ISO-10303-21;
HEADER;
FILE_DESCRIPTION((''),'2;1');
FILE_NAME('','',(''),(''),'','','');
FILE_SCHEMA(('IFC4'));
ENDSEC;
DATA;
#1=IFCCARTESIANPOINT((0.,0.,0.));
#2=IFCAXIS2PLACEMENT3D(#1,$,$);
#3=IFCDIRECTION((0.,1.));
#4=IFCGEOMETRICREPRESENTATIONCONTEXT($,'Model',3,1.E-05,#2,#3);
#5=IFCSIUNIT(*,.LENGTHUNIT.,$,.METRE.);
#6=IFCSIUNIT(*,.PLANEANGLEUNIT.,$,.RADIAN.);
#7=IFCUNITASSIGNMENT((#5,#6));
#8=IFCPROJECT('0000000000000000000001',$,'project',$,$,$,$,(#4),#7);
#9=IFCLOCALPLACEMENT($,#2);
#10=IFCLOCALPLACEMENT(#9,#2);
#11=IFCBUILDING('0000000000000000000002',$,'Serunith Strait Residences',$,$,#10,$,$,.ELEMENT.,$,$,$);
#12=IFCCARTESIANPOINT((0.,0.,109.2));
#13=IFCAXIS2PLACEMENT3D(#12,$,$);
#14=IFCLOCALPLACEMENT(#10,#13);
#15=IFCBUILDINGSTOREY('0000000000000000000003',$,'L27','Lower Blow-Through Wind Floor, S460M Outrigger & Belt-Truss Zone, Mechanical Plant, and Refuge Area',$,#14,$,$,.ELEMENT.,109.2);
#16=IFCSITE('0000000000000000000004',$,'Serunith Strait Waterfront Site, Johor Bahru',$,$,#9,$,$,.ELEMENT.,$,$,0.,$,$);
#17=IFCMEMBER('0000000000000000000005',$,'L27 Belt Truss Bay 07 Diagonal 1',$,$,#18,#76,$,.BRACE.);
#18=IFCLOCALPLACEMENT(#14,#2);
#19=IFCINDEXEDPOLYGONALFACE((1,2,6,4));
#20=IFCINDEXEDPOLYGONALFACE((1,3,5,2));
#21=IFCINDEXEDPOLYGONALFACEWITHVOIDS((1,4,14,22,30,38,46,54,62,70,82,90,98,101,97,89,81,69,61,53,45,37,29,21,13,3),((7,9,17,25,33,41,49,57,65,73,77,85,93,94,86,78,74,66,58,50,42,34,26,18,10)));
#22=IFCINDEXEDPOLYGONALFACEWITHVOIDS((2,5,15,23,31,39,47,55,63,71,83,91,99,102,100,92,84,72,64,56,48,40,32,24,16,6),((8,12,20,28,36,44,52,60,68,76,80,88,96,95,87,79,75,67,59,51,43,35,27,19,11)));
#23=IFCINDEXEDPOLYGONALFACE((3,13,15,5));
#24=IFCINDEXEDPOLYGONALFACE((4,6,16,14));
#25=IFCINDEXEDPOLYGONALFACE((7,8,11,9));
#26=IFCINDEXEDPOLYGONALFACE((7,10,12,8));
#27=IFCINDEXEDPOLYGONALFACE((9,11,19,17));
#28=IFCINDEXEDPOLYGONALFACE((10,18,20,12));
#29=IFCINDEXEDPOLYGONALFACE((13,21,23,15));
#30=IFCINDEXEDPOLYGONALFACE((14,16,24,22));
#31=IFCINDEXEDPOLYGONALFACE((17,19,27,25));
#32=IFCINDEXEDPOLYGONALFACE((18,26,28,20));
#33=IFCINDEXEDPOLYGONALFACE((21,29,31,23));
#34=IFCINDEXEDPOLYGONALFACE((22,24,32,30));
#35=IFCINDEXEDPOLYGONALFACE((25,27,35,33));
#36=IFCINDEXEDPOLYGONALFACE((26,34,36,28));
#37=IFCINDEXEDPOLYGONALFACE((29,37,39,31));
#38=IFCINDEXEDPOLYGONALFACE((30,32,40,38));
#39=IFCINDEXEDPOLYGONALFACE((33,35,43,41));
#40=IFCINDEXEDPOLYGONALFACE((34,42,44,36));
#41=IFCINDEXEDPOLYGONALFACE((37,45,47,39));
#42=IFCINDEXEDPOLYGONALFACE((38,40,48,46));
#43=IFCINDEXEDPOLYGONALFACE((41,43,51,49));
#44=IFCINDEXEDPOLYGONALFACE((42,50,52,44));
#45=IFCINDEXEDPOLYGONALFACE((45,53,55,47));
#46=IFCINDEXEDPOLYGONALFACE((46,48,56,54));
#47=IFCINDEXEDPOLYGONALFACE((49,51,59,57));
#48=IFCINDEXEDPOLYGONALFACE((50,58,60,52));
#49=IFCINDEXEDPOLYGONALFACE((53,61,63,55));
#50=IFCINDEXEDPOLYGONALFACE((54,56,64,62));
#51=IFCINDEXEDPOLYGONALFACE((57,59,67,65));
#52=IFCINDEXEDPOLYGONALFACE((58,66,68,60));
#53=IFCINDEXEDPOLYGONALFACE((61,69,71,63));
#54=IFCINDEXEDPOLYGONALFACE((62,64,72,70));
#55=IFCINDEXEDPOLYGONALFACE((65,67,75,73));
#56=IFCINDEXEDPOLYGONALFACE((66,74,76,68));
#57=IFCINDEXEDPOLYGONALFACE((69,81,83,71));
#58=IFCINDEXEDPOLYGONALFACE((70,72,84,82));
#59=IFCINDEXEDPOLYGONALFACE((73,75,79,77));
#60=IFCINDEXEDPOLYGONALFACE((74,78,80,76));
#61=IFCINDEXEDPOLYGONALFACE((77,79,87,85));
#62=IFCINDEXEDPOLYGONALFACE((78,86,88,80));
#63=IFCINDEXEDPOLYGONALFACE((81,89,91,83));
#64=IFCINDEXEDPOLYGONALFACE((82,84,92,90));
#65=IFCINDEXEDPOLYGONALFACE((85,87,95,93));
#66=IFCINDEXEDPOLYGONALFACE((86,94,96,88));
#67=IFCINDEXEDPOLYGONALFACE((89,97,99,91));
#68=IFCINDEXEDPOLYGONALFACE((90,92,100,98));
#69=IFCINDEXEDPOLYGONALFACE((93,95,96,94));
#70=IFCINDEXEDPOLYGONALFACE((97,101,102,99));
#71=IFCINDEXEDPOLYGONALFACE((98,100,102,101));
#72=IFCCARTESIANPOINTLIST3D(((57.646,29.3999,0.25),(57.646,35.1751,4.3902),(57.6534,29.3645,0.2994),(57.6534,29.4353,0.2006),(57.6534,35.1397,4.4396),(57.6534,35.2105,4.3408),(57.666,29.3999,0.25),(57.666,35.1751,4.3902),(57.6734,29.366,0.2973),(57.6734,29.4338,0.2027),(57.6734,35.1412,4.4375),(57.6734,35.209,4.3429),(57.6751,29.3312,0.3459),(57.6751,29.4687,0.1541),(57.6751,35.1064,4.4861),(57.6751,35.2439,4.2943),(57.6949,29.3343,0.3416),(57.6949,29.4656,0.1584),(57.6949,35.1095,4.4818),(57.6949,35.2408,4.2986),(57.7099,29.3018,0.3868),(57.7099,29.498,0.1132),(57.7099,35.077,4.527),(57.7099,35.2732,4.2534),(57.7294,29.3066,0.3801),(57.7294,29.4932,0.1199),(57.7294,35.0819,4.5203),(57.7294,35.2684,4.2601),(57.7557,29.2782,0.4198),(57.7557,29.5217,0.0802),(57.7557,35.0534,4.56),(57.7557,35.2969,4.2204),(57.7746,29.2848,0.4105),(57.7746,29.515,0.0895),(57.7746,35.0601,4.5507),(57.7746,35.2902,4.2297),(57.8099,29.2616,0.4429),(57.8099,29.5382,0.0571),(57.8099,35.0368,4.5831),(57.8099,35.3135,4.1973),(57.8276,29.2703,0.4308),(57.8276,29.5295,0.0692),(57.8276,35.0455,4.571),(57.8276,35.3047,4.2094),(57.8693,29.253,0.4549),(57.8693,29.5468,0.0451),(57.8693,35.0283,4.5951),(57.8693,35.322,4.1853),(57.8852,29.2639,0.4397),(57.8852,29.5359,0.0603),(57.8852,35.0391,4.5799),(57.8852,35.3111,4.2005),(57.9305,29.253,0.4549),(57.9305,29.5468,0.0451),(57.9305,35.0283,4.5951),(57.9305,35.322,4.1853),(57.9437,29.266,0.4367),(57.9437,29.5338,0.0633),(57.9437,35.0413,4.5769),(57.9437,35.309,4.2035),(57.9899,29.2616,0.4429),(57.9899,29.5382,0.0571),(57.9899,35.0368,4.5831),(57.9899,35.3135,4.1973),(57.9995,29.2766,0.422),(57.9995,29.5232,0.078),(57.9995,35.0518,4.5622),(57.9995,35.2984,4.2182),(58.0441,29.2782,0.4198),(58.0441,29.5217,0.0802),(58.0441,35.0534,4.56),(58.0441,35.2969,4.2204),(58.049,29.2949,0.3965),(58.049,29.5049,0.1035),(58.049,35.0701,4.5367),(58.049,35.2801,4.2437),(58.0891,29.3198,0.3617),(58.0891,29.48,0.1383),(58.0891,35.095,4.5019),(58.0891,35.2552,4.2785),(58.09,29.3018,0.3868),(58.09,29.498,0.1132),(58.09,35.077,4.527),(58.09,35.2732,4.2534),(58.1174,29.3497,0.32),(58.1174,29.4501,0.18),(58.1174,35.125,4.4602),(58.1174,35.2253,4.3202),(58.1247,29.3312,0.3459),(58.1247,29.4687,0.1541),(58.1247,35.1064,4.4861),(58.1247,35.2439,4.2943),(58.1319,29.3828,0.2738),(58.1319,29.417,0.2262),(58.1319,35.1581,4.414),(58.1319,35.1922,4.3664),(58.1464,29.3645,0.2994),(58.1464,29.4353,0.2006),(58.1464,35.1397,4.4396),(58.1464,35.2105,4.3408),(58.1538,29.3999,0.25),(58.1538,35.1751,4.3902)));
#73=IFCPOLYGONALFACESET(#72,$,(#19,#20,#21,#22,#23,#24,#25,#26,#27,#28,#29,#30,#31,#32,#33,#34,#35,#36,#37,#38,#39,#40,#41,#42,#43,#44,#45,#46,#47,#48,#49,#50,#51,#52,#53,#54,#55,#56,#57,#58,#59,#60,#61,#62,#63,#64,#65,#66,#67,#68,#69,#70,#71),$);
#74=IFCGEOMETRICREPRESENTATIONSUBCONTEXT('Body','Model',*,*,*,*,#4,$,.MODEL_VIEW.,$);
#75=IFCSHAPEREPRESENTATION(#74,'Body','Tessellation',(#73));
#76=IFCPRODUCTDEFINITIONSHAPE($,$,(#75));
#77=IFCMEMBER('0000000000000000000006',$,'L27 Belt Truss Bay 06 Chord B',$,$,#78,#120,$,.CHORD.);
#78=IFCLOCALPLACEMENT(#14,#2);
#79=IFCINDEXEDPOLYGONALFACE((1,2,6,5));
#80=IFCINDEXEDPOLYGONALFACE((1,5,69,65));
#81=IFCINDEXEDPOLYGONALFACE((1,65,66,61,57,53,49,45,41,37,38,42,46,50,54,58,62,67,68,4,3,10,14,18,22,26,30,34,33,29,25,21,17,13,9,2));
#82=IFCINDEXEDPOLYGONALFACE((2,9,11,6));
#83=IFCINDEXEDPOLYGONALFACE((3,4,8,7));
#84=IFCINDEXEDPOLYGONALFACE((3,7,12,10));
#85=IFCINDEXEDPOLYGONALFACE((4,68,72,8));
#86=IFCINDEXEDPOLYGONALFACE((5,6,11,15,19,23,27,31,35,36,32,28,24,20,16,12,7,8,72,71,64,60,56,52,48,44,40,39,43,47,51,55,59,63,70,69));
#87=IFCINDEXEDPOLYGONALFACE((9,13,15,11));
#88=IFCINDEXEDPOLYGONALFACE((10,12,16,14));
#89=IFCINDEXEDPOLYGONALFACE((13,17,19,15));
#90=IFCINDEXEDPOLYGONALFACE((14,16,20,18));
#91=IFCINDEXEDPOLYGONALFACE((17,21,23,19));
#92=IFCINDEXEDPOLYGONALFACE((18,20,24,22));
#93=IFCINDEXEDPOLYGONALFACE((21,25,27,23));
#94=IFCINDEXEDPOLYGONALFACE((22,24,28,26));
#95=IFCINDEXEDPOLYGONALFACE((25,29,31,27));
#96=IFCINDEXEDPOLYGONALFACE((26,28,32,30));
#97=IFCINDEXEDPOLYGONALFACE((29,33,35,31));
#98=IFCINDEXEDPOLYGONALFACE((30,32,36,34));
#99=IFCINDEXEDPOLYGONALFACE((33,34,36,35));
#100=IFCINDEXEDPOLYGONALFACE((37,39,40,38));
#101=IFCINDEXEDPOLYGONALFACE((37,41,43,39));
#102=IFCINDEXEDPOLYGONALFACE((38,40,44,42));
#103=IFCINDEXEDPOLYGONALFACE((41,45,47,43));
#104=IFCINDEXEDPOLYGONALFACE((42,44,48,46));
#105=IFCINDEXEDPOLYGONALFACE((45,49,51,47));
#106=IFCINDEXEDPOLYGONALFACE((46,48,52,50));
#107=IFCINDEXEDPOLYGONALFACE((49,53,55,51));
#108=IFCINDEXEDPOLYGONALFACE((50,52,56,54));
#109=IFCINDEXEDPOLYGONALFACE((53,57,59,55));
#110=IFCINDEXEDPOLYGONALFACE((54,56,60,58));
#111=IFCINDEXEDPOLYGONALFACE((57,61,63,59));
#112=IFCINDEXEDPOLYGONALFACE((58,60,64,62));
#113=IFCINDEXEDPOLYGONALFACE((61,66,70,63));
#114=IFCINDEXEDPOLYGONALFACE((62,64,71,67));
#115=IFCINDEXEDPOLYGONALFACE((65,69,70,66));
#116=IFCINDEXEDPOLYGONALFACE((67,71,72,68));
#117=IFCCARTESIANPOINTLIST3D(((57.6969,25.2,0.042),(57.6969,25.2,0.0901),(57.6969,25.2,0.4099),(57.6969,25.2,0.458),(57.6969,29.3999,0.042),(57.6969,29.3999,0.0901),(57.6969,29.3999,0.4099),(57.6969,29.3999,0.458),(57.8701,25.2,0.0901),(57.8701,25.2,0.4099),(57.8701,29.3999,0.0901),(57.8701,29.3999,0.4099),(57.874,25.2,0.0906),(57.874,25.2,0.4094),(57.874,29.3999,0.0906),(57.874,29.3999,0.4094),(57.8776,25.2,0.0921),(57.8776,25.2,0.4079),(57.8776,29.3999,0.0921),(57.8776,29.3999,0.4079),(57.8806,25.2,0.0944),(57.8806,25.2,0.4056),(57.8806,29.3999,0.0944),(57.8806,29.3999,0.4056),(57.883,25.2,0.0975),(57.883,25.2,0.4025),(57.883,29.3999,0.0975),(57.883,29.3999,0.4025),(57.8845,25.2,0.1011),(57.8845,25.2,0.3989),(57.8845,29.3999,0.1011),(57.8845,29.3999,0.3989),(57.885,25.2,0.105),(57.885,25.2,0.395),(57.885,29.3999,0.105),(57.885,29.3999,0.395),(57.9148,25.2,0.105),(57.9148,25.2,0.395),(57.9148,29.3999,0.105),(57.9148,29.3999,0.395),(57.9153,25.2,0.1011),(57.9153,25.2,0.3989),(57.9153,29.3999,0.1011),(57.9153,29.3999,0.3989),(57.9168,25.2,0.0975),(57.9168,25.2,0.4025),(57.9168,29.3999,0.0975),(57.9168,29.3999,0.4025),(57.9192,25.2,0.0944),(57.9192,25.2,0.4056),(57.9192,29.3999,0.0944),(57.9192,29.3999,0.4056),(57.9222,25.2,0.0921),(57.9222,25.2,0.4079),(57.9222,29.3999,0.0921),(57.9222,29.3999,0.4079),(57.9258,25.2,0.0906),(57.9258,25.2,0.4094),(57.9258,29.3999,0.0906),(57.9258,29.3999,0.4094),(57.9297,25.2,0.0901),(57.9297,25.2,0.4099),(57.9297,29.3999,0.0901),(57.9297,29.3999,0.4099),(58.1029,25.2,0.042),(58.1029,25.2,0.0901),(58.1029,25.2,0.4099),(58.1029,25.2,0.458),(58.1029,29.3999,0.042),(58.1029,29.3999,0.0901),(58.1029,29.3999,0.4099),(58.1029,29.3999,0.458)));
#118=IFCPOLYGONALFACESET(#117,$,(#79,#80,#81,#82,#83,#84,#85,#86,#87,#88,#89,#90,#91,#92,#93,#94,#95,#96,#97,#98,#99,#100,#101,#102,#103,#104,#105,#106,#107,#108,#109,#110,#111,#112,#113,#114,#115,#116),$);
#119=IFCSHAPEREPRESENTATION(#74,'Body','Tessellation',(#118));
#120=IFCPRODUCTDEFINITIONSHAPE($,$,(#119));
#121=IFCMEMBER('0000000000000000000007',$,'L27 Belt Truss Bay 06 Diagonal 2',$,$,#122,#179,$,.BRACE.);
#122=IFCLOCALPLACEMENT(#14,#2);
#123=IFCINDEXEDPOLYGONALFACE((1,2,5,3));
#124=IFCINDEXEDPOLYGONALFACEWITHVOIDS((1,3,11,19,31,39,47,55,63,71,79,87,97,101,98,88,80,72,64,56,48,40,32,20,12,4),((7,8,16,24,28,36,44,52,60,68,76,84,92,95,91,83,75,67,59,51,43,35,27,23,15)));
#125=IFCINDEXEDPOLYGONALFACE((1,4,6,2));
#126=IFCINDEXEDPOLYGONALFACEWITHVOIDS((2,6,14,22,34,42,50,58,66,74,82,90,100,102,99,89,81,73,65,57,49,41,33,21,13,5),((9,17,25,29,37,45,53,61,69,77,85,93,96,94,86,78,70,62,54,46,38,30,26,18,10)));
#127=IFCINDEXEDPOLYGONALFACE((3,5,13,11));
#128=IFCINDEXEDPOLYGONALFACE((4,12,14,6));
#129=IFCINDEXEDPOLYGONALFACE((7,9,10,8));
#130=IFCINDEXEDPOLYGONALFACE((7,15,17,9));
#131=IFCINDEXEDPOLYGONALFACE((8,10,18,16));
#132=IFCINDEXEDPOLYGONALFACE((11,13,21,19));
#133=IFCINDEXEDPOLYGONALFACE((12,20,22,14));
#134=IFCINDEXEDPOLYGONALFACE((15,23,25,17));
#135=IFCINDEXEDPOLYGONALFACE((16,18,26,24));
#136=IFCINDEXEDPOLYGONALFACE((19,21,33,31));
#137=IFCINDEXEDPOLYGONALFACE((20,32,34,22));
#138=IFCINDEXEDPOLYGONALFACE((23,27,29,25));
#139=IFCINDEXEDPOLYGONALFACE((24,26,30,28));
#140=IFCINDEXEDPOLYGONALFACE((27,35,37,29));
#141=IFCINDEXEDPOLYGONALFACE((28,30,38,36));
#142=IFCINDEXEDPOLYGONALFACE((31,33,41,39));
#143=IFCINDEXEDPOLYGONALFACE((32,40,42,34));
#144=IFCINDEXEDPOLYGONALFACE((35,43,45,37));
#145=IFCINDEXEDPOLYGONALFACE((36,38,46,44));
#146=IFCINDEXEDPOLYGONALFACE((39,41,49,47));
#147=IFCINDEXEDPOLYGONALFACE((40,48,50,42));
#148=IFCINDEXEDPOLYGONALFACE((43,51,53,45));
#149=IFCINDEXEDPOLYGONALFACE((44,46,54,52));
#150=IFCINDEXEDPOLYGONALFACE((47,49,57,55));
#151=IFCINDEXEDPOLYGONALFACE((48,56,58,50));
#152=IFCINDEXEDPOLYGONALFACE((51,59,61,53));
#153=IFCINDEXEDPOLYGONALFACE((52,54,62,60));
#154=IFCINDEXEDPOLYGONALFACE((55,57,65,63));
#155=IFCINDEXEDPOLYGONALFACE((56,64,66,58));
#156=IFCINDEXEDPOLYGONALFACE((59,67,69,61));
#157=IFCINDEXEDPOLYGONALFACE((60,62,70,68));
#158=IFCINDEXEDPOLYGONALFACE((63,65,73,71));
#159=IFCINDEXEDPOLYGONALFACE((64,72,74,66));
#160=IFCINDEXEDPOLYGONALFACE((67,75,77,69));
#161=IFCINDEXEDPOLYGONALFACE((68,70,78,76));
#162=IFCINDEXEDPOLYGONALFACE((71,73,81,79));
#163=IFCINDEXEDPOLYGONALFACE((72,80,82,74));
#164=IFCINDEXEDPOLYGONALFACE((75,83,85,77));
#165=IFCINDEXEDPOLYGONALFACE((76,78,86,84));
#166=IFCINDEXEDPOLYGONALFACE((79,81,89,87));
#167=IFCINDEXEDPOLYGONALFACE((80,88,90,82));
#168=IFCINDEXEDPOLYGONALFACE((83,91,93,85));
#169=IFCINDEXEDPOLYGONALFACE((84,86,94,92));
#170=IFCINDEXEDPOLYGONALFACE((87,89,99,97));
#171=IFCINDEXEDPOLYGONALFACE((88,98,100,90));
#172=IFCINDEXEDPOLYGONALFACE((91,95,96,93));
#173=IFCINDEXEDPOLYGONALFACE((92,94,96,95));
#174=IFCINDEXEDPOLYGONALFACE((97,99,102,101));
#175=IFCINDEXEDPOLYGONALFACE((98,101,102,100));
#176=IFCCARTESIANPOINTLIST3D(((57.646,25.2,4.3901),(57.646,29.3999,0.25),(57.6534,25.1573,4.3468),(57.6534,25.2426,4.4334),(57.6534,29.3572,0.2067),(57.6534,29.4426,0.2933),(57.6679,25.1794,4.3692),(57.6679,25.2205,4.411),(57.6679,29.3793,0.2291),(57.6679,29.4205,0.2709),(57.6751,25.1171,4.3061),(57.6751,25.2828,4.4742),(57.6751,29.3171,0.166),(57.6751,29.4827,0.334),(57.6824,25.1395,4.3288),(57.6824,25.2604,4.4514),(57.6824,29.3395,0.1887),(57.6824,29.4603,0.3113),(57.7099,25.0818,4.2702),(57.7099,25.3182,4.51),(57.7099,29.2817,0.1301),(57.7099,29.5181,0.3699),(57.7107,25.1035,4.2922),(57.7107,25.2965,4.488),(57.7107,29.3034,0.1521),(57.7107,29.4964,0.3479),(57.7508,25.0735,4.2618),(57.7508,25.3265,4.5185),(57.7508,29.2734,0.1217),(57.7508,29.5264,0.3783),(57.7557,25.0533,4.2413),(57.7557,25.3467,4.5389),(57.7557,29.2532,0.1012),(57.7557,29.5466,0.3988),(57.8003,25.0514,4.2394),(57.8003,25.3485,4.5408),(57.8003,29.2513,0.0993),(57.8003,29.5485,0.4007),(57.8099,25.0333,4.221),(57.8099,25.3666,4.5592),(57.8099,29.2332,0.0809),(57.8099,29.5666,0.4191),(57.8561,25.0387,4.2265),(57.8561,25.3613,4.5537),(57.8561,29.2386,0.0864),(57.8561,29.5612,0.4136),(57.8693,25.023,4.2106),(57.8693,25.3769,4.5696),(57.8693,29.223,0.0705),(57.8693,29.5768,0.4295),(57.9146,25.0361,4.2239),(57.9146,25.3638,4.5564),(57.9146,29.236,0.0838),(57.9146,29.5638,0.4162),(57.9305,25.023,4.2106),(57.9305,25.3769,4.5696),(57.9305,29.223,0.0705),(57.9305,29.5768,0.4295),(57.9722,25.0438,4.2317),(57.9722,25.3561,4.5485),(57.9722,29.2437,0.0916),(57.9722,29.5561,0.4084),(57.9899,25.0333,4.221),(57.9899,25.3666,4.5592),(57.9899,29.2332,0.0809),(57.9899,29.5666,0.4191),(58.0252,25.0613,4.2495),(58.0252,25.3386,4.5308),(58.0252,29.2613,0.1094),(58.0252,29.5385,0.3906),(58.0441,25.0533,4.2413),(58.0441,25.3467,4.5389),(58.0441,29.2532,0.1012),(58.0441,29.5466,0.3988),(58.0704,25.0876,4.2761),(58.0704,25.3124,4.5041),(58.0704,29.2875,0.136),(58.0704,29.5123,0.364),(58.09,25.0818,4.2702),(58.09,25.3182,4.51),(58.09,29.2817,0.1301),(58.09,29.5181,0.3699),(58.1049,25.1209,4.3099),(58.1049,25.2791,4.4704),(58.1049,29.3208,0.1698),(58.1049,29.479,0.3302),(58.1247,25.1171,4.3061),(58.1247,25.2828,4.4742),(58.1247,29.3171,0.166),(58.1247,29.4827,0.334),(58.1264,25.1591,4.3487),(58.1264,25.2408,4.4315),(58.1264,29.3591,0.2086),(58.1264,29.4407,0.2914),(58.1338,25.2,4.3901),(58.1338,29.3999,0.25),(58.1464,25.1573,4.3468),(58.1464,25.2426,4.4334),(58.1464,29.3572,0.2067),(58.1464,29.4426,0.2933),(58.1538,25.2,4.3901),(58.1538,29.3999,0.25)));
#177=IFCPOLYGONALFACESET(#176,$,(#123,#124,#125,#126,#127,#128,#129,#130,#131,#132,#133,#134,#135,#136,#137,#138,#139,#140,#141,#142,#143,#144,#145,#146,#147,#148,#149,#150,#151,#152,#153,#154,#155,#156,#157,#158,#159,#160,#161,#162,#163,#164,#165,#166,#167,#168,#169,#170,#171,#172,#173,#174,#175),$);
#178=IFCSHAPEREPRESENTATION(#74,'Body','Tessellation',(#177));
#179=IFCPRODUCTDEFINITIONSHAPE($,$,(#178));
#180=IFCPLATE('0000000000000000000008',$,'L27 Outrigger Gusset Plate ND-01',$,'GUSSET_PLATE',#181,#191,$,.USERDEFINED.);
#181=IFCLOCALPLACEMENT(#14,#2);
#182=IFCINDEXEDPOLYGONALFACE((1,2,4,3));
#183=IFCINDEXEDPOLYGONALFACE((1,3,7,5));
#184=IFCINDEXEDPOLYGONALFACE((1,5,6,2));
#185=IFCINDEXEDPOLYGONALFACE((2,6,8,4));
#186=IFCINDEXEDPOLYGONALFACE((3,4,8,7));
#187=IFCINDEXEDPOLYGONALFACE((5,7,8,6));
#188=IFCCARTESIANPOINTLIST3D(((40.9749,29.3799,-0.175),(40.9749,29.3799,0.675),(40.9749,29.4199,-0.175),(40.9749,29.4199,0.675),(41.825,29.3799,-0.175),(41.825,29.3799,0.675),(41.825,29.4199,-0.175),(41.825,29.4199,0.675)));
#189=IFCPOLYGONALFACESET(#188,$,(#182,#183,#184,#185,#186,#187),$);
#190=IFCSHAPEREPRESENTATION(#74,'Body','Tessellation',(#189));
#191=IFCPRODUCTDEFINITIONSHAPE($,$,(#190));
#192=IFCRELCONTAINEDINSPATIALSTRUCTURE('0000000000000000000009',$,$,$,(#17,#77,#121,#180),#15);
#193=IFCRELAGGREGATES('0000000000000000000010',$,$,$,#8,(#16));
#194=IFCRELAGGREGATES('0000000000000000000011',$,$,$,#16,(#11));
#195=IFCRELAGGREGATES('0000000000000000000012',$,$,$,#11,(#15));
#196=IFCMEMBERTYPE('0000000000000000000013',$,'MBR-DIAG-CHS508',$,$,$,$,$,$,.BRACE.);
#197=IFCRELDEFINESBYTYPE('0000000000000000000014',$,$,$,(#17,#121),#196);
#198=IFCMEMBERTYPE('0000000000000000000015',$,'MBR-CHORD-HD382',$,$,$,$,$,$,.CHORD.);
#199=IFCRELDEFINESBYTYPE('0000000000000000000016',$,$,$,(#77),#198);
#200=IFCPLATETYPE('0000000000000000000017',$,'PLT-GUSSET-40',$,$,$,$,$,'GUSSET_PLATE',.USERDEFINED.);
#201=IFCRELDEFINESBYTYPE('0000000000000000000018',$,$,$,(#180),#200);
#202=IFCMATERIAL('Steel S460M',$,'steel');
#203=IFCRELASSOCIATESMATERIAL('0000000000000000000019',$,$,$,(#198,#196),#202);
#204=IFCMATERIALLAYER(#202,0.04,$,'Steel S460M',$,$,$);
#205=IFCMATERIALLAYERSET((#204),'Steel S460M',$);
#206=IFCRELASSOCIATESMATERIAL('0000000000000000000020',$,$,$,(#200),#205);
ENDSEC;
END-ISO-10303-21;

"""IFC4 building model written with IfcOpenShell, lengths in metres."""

from ifc_helpers import new_model, si_unit, direction, frame, origin, origin_2d, place, context, subcontext, project, spatial, rectangle, hollow_circle, i_section, extrude, source, transform, mapped, material, layer, layer_set, material_profile, profile_set, type_object, element, save


model = new_model("IFC4")

# Units and contexts
model_context = context("Model", 3, precision=1e-05, world=origin(), true_north=direction((0.0, 1.0)))
body_context = subcontext(model_context, "Body", "Model", "MODEL_VIEW")
ifc_project = project(units=[si_unit("LENGTHUNIT", "METRE"), si_unit("PLANEANGLEUNIT", "RADIAN")], contexts=[model_context])

# Site, building, storey
site_placement = place(None, origin())
site = spatial("IfcSite", under=ifc_project, at=site_placement, Name="Serunith Strait Waterfront Site, Johor Bahru", CompositionType="ELEMENT", RefElevation=0.0)
building_placement = place(site_placement, origin())
building = spatial("IfcBuilding", under=site, at=building_placement, Name="Serunith Strait Residences", CompositionType="ELEMENT")
storey_placement = place(building_placement, frame((0.0, 0.0, 109.2)))
storey = spatial("IfcBuildingStorey", under=building, at=storey_placement, Name="L27", Description="Lower Blow-Through Wind Floor, S460M Outrigger & Belt-Truss Zone, Mechanical Plant, and Refuge Area", CompositionType="ELEMENT", Elevation=109.2)

# Members
ifc_material_1 = material(Name="Steel S460M", Category="steel")
ifc_material_profile_1 = material_profile(ifc_material_1, i_section(OverallWidth=0.406, OverallDepth=0.416, WebThickness=0.0298, FlangeThickness=0.0481, FilletRadius=0.0149, at=origin_2d()), Name="HD 400x382")
ifc_profile_set_1 = profile_set([ifc_material_profile_1], Name="Steel S460M")
member_type_1 = type_object("IfcMemberType", Name="MBR-CHORD-HD382", PredefinedType="CHORD", material=ifc_profile_set_1)
ifc_material_profile_2 = material_profile(ifc_material_1, hollow_circle(Radius=0.2539, WallThickness=0.02, at=origin_2d()), Name="CHS 508x20")
ifc_profile_set_2 = profile_set([ifc_material_profile_2], Name="Steel S460M")
member_type_2 = type_object("IfcMemberType", Name="MBR-DIAG-CHS508", PredefinedType="BRACE", material=ifc_profile_set_2)
shared_shape_1 = source(origin(), body_context, "Body", "SweptSolid", [
    extrude(hollow_circle(Radius=0.2539, WallThickness=0.02, at=origin_2d()), origin(), (0.0, 0.0, 1.0), 7.106),
])
member_1_placement = place(storey_placement, frame((57.8999, 29.3999, 0.25), z_axis=(0.0, 0.812732, 0.582638), x_axis=(-1.0, 0.0, 0.0)))
element("IfcMember", 1, at=member_1_placement, inside=storey, type_object=member_type_2, Name="L27 Belt Truss Bay 07 Diagonal 1", PredefinedType="BRACE", context=body_context, shape_type="MappedRepresentation", body=[
    mapped(shared_shape_1, transform((0.0, 0.0, 0.0), scale=1.0)),
])
shared_shape_2 = source(origin(), body_context, "Body", "SweptSolid", [
    extrude(i_section(OverallWidth=0.406, OverallDepth=0.416, WebThickness=0.0298, FlangeThickness=0.0481, FilletRadius=0.0149, at=origin_2d()), origin(), (0.0, 0.0, 1.0), 4.2),
])
member_2_placement = place(storey_placement, frame((57.8999, 25.2, 0.25), z_axis=(0.0, 1.0, 0.0), x_axis=(-1.0, 0.0, 0.0)))
element("IfcMember", 2, at=member_2_placement, inside=storey, type_object=member_type_1, Name="L27 Belt Truss Bay 06 Chord B", PredefinedType="CHORD", context=body_context, shape_type="MappedRepresentation", body=[
    mapped(shared_shape_2, transform((0.0, 0.0, 0.0), scale=1.0)),
])
shared_shape_3 = source(origin(), body_context, "Body", "SweptSolid", [
    extrude(hollow_circle(Radius=0.2539, WallThickness=0.02, at=origin_2d()), origin(), (0.0, 0.0, 1.0), 5.8975),
])
member_3_placement = place(storey_placement, frame((57.8999, 29.3999, 0.25), z_axis=(0.0, -0.71216, 0.702017), x_axis=(1.0, 0.0, 0.0)))
element("IfcMember", 3, at=member_3_placement, inside=storey, type_object=member_type_2, Name="L27 Belt Truss Bay 06 Diagonal 2", PredefinedType="BRACE", context=body_context, shape_type="MappedRepresentation", body=[
    mapped(shared_shape_3, transform((0.0, 0.0, 0.0), scale=1.0)),
])

# Plate
ifc_layer_1 = layer(ifc_material_1, 0.04, Name="Steel S460M")
ifc_layer_set_1 = layer_set([ifc_layer_1], Name="Steel S460M")
plate_type_1 = type_object("IfcPlateType", Name="PLT-GUSSET-40", ElementType="GUSSET_PLATE", PredefinedType="USERDEFINED", material=ifc_layer_set_1)
shared_shape_4 = source(origin(), body_context, "Body", "SweptSolid", [
    extrude(rectangle(XDim=0.8501, YDim=0.04, at=origin_2d()), origin(), (0.0, 0.0, 1.0), 0.8501),
])
for number, where, z_axis, x_axis, name in (
    (4, (41.3999, 29.3999, -0.175), (0.0, 0.0, 1.0), (1.0, 0.0, 0.0), "L27 Outrigger Gusset Plate ND-01"),
):
    element("IfcPlate", number, at=place(storey_placement, frame(where, z_axis=z_axis, x_axis=x_axis)), inside=storey, type_object=plate_type_1, Name=name, ObjectType="GUSSET_PLATE", PredefinedType="USERDEFINED", context=body_context, shape_type="MappedRepresentation", body=[
        mapped(shared_shape_4, transform((0.0, 0.0, 0.0), scale=1.0)),
    ])

save(model, "model.ifc")
